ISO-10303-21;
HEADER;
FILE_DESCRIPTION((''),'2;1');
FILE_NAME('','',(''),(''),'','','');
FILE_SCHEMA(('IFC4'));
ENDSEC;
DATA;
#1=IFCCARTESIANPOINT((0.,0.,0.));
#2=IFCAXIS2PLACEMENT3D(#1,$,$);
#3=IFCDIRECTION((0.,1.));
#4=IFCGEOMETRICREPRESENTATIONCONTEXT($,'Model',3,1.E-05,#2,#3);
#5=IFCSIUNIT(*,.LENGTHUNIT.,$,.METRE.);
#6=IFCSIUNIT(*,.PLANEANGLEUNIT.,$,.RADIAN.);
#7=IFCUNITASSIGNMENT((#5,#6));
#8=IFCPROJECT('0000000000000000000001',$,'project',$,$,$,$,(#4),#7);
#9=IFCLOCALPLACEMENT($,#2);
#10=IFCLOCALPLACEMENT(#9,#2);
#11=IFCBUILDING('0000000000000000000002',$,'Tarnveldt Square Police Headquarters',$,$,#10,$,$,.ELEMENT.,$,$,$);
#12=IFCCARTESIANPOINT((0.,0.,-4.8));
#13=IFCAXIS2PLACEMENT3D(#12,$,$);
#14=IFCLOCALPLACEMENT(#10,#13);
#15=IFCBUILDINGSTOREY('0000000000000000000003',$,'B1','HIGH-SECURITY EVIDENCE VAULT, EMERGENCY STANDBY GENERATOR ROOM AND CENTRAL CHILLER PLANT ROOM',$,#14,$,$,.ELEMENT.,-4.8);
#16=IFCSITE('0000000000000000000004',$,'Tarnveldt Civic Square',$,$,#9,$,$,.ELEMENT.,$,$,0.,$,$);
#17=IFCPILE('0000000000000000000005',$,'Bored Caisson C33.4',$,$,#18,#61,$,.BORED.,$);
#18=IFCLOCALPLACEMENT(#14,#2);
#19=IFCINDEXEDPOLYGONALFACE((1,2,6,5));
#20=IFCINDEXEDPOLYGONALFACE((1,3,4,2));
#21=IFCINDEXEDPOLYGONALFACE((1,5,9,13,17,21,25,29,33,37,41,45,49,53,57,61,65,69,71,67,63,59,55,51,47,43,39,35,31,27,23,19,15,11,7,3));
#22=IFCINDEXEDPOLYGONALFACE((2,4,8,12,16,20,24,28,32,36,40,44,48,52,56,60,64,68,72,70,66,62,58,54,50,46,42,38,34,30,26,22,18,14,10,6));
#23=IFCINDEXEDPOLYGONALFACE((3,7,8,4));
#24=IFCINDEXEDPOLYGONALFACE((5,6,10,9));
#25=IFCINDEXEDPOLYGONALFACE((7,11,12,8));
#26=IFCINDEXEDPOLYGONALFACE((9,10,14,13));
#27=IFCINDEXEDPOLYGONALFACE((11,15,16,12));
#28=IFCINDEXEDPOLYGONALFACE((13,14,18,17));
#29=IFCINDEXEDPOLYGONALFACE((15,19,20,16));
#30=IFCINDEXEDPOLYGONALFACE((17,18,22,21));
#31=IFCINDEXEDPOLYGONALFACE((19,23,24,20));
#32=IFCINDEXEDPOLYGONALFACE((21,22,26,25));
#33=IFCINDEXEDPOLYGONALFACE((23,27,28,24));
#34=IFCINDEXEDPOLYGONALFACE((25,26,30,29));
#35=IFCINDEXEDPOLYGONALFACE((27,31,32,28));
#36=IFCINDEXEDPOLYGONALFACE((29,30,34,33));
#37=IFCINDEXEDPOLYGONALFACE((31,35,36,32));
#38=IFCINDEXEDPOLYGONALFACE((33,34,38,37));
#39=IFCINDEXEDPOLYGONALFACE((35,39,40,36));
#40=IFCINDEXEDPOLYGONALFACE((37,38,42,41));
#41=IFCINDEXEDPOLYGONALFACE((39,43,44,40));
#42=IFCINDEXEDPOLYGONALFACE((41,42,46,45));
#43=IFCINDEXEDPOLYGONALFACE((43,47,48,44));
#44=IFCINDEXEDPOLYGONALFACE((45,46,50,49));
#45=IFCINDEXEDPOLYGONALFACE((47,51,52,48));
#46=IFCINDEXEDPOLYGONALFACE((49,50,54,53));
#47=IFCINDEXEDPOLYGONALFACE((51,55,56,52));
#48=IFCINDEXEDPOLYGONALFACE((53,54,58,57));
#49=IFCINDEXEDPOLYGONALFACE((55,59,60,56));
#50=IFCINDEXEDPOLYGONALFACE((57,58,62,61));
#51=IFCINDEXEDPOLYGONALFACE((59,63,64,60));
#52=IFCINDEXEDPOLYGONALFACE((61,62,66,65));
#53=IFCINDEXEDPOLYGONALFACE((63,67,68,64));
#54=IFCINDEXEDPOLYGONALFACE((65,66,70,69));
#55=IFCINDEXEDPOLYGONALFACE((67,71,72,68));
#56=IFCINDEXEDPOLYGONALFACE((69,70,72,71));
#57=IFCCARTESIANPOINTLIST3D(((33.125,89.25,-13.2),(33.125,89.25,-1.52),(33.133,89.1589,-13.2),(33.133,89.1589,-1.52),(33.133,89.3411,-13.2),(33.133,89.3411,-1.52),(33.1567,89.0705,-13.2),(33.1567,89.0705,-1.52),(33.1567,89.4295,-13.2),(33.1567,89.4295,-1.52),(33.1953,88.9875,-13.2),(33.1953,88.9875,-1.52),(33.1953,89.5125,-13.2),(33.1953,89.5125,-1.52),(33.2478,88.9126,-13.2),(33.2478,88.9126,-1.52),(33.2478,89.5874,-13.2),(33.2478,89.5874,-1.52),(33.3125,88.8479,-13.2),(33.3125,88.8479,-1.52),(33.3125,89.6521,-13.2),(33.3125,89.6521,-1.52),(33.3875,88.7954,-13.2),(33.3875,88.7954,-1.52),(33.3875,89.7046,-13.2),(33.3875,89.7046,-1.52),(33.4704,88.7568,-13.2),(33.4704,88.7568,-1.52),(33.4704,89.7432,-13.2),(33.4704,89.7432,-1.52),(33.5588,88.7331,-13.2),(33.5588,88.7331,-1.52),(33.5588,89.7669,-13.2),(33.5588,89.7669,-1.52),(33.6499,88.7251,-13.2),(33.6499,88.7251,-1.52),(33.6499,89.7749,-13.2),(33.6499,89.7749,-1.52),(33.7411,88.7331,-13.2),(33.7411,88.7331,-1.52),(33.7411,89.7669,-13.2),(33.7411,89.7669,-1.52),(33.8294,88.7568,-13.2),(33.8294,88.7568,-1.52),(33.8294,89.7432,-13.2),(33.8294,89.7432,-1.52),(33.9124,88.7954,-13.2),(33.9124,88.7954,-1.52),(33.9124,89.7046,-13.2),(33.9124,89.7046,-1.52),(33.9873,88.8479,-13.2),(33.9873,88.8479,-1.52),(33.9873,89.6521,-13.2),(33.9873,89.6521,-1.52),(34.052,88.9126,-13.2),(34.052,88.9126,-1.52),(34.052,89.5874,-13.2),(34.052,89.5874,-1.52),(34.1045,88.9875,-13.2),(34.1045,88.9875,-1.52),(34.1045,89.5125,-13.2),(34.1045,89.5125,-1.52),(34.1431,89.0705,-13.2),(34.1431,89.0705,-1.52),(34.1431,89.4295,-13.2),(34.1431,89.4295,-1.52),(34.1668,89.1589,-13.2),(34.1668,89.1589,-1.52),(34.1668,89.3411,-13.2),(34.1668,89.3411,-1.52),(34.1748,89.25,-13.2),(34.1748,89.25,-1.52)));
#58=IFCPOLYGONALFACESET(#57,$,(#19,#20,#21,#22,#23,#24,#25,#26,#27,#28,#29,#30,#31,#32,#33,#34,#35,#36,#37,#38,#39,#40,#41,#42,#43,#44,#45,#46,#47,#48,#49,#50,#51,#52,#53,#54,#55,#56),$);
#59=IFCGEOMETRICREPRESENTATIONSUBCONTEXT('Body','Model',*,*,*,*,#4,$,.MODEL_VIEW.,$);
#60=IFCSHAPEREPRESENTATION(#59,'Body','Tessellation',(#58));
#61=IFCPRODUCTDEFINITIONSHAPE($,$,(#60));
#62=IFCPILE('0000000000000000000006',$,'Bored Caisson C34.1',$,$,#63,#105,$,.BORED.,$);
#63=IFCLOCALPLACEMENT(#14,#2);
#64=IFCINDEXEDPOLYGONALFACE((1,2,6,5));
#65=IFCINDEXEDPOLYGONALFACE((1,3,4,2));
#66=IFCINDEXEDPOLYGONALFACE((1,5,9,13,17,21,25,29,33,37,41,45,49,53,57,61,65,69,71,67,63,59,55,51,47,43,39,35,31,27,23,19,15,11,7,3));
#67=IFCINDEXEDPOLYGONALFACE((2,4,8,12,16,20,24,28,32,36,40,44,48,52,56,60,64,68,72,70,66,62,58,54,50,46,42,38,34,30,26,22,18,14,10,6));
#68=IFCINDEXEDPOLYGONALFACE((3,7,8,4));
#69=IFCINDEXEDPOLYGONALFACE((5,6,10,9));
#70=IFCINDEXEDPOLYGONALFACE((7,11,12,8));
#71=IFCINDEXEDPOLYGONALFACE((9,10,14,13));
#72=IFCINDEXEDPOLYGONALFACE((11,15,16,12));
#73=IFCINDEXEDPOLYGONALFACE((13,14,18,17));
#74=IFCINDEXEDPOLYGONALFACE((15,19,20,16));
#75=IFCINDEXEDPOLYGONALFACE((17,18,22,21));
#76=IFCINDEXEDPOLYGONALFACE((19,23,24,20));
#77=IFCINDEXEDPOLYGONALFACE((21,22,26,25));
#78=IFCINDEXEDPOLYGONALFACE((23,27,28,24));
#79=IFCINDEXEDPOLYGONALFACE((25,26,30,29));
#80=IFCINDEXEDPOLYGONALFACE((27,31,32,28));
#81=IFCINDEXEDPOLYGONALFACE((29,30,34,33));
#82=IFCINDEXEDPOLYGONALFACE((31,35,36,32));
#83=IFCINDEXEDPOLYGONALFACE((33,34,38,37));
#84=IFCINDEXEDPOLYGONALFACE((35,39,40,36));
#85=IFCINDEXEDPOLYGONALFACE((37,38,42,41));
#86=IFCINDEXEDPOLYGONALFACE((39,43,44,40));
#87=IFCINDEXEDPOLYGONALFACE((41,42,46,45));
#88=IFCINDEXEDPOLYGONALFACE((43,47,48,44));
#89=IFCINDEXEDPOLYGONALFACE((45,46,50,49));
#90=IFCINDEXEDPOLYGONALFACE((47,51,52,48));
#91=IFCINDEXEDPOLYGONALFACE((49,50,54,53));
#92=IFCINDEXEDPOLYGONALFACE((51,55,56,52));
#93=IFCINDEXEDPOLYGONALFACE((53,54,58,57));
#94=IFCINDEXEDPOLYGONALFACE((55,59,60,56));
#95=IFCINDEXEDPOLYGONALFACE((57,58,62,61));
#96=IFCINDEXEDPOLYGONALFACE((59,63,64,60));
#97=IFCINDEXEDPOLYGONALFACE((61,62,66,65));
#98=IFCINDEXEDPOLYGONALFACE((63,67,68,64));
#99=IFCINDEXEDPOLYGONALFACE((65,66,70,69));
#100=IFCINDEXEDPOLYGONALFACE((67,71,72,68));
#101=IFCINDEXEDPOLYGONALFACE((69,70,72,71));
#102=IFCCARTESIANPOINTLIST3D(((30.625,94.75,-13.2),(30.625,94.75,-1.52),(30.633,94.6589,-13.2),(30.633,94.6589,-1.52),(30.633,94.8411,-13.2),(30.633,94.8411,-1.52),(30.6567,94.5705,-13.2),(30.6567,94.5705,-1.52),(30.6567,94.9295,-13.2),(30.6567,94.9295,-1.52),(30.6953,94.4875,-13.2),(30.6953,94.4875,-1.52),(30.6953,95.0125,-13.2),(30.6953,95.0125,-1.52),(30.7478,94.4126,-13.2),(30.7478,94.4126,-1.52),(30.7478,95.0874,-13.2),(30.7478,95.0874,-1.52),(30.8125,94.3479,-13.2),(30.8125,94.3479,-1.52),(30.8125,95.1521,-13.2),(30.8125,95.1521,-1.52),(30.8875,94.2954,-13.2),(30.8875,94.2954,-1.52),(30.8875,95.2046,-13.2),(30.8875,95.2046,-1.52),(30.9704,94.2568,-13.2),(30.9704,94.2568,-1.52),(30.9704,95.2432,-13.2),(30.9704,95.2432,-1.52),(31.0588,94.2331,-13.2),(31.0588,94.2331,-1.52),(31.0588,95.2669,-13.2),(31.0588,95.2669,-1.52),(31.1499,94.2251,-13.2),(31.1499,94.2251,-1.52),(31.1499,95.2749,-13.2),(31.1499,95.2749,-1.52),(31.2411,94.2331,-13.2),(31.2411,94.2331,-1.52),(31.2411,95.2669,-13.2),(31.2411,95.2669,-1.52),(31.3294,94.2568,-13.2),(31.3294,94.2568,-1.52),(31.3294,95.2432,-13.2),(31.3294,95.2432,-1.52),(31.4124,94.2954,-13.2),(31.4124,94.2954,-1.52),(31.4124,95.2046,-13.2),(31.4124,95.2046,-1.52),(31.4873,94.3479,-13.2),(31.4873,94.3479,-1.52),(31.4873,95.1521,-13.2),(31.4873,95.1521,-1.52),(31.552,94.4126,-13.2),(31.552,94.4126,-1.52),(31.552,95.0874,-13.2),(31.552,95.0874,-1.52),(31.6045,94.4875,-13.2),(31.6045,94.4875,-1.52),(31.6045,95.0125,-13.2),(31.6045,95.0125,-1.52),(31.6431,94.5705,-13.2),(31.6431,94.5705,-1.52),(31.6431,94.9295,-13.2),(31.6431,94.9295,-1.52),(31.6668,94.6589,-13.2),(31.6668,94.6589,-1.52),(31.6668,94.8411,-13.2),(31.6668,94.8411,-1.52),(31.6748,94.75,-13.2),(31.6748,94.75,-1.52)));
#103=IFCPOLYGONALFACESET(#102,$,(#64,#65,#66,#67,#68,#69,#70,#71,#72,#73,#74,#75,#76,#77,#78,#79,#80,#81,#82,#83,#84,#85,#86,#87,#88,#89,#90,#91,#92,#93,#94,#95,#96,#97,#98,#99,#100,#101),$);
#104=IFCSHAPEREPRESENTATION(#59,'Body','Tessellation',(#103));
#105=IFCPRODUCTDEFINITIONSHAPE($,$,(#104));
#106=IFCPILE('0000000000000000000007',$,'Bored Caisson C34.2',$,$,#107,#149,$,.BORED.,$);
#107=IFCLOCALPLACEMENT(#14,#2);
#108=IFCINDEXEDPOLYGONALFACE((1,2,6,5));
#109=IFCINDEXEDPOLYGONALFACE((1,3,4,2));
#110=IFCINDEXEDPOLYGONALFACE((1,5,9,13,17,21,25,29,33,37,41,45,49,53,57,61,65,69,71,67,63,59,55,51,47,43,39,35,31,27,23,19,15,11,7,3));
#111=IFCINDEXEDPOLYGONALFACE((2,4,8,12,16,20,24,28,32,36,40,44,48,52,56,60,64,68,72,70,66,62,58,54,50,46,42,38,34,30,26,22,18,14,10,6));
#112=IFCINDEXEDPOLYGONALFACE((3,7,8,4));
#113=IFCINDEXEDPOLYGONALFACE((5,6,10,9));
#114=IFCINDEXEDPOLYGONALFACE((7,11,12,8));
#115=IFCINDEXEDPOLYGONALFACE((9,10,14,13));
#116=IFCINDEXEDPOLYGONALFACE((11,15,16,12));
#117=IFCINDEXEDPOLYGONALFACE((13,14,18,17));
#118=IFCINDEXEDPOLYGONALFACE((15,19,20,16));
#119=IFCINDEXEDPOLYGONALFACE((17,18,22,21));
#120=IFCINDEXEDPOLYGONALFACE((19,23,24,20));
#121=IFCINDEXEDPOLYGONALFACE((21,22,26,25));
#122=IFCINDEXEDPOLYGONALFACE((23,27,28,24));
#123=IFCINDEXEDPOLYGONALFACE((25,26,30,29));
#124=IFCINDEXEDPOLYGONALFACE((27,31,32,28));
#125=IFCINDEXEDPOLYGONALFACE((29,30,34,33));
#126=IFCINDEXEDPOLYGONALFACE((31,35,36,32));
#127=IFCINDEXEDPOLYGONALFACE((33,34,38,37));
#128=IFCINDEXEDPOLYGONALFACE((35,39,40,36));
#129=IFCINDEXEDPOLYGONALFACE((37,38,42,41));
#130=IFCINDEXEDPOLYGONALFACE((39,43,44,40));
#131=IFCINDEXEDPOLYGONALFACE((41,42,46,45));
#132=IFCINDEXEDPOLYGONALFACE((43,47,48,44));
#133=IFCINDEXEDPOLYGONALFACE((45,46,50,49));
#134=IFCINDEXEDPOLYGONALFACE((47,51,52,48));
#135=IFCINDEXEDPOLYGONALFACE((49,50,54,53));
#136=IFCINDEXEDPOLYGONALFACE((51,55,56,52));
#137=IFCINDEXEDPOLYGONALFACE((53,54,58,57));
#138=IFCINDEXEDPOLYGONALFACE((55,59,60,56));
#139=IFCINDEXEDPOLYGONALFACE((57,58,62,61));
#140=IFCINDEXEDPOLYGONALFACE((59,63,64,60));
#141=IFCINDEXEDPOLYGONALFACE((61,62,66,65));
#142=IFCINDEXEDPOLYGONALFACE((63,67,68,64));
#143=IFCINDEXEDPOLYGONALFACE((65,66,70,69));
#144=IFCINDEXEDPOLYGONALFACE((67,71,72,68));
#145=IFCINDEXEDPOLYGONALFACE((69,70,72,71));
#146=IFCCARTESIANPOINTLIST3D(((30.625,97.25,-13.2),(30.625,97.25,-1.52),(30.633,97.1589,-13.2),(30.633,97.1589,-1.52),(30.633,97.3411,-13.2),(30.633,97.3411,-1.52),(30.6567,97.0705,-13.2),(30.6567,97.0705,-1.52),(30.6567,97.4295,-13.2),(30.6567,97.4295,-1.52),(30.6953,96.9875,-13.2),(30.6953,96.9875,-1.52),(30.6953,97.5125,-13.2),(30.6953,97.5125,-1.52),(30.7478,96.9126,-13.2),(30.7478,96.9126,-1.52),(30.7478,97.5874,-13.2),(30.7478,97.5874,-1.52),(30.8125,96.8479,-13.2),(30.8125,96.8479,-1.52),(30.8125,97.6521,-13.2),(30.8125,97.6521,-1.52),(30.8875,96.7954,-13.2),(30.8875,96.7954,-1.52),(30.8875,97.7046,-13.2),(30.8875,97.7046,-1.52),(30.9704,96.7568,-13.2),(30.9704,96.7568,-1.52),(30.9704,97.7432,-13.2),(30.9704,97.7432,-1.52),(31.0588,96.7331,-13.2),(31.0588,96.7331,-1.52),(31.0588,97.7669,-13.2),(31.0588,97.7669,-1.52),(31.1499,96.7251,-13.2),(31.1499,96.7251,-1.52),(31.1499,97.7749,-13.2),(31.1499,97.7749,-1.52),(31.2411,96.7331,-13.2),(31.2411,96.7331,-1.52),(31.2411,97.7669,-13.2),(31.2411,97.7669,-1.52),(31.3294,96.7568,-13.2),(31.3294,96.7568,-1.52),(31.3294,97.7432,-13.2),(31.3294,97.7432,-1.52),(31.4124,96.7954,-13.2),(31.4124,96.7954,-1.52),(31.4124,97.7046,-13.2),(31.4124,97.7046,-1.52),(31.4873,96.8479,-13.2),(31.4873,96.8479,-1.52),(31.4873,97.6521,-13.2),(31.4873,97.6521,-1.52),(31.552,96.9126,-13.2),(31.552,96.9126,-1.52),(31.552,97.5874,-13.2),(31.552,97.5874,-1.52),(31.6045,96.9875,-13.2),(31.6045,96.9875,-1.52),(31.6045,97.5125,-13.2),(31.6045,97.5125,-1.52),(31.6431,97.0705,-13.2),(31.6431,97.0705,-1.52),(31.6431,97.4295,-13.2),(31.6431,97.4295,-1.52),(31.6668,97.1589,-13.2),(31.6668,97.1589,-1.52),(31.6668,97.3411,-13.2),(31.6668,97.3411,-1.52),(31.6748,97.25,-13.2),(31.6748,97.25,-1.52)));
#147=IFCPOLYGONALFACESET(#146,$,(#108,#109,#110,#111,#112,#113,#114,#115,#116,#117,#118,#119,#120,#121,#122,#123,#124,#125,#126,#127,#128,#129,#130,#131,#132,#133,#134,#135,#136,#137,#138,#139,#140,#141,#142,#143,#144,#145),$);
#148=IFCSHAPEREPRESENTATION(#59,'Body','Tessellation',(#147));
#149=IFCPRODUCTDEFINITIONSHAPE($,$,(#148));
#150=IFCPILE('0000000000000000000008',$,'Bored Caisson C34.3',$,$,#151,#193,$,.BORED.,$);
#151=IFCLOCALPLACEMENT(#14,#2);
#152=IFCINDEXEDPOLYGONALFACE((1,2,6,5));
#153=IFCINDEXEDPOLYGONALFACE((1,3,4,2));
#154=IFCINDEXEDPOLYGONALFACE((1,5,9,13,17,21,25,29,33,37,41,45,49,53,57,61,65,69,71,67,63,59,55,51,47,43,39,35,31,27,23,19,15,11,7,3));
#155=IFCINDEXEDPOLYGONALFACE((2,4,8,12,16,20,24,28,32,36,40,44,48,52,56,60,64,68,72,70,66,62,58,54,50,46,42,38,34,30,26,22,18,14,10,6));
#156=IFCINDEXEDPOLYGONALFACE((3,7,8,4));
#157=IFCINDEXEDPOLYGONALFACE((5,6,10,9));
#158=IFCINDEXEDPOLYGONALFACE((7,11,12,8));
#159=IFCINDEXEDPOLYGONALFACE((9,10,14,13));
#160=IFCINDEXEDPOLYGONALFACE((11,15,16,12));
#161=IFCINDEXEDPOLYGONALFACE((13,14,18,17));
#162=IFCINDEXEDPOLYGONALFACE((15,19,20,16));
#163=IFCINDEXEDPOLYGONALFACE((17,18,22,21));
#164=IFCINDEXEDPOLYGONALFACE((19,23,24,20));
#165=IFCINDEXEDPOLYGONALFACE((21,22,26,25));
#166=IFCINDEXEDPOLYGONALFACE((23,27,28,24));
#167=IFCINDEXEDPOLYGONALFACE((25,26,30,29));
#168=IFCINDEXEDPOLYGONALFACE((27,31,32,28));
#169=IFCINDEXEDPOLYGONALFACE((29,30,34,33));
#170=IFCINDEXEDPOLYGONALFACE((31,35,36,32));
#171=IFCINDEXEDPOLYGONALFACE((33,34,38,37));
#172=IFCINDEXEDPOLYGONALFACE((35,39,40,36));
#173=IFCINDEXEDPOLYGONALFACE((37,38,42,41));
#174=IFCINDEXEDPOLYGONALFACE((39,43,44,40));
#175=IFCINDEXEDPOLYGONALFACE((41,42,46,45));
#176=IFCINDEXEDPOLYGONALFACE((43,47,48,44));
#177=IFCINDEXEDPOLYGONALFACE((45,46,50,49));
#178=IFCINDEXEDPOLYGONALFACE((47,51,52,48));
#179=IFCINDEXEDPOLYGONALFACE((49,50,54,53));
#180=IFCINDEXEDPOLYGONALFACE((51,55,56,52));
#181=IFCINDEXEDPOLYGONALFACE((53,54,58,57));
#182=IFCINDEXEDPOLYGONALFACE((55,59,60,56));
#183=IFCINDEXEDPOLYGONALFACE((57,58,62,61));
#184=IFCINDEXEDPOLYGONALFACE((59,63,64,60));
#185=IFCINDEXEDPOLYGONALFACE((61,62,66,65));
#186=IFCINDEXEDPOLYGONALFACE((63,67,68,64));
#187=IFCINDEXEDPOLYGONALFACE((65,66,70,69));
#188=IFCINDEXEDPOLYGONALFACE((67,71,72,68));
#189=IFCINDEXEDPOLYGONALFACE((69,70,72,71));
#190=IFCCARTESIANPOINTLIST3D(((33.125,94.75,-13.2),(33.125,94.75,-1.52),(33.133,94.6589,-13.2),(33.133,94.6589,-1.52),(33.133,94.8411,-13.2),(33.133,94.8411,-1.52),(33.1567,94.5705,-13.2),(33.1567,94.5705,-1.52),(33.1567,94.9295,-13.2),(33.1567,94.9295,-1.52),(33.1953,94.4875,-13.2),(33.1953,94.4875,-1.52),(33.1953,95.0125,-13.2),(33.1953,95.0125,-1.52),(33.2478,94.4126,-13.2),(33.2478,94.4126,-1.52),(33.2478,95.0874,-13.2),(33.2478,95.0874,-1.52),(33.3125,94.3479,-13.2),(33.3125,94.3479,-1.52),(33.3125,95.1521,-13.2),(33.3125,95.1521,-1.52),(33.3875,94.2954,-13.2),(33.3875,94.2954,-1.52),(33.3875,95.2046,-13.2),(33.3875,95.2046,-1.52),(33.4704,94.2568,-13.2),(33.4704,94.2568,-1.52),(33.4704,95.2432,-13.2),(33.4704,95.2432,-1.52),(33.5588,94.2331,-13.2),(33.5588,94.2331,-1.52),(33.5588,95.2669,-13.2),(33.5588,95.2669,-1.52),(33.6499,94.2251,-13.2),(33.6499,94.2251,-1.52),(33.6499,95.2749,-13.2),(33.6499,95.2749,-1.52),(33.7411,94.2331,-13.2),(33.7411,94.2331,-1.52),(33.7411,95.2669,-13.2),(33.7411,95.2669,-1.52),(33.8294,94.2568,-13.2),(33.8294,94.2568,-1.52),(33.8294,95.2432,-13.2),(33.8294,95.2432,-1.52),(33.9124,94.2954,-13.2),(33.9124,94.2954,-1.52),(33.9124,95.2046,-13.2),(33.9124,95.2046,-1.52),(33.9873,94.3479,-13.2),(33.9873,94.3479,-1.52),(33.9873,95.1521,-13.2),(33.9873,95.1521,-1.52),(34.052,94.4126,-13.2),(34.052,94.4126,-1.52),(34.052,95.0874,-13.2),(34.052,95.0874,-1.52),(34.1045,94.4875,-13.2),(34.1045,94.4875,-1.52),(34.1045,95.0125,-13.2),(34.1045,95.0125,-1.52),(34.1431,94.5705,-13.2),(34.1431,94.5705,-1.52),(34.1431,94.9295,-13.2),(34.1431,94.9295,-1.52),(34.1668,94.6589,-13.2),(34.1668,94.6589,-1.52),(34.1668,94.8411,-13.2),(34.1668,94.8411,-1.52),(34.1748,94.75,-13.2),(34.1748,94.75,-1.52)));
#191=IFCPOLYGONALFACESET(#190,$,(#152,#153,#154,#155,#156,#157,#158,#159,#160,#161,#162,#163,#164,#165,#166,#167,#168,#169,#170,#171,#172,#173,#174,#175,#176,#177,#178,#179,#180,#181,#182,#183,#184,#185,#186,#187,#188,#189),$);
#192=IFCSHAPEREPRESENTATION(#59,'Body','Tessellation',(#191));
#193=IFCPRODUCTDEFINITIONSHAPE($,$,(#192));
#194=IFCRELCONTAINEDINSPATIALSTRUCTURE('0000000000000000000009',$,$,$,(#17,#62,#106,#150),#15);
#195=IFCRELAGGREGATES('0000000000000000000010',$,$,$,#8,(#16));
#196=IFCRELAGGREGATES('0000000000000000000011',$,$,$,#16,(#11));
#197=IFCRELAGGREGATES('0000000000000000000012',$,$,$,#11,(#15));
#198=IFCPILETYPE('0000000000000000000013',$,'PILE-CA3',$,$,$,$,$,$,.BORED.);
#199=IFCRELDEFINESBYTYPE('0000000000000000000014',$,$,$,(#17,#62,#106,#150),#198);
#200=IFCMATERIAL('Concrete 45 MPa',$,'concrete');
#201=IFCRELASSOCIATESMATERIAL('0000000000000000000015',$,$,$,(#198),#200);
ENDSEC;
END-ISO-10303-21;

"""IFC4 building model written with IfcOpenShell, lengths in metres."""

from ifc_helpers import new_model, si_unit, direction, frame, origin, origin_2d, place, context, subcontext, project, spatial, circle, extrude, material, material_profile, profile_set, type_object, element, save


model = new_model("IFC4")

# Units and contexts
model_context = context("Model", 3, precision=1e-05, world=origin(), true_north=direction((0.0, 1.0)))
body_context = subcontext(model_context, "Body", "Model", "MODEL_VIEW")
ifc_project = project(units=[si_unit("LENGTHUNIT", "METRE"), si_unit("PLANEANGLEUNIT", "RADIAN")], contexts=[model_context])

# Site, building, storey
site_placement = place(None, origin())
site = spatial("IfcSite", under=ifc_project, at=site_placement, Name="Tarnveldt Civic Square", CompositionType="ELEMENT", RefElevation=0.0)
building_placement = place(site_placement, origin())
building = spatial("IfcBuilding", under=site, at=building_placement, Name="Tarnveldt Square Police Headquarters", CompositionType="ELEMENT")
storey_placement = place(building_placement, frame((0.0, 0.0, -4.8)))
storey = spatial("IfcBuildingStorey", under=building, at=storey_placement, Name="B1", Description="HIGH-SECURITY EVIDENCE VAULT, EMERGENCY STANDBY GENERATOR ROOM AND CENTRAL CHILLER PLANT ROOM", CompositionType="ELEMENT", Elevation=-4.8)

# Shared definitions
ifc_material_1 = material(Name="Concrete 45 MPa", Category="concrete")

# Piles
ifc_material_profile_1 = material_profile(ifc_material_1, circle(Radius=0.5249, at=origin_2d()), Name="CAISSON-D1050")
ifc_profile_set_1 = profile_set([ifc_material_profile_1], Name="Concrete 45 MPa")
pile_type = type_object("IfcPileType", Name="PILE-CA3", PredefinedType="BORED", material=ifc_profile_set_1)
for number, where, z_axis, x_axis, name in (
    (1, (33.6499, 89.25, -1.52), (0.0, 0.0, -1.0), (1.0, 0.0, 0.0), "Bored Caisson C33.4"),
    (2, (31.1499, 94.75, -1.52), (0.0, 0.0, -1.0), (1.0, 0.0, 0.0), "Bored Caisson C34.1"),
    (3, (31.1499, 97.25, -1.52), (0.0, 0.0, -1.0), (1.0, 0.0, 0.0), "Bored Caisson C34.2"),
    (4, (33.6499, 94.75, -1.52), (0.0, 0.0, -1.0), (1.0, 0.0, 0.0), "Bored Caisson C34.3"),
):
    element("IfcPile", number, at=place(storey_placement, frame(where, z_axis=z_axis, x_axis=x_axis)), inside=storey, type_object=pile_type, Name=name, PredefinedType="BORED", context=body_context, shape_type="SweptSolid", body=[
        extrude(circle(Radius=0.5249, at=origin_2d()), origin(), (0.0, 0.0, 1.0), 11.6799),
    ])

save(model, "model.ifc")
